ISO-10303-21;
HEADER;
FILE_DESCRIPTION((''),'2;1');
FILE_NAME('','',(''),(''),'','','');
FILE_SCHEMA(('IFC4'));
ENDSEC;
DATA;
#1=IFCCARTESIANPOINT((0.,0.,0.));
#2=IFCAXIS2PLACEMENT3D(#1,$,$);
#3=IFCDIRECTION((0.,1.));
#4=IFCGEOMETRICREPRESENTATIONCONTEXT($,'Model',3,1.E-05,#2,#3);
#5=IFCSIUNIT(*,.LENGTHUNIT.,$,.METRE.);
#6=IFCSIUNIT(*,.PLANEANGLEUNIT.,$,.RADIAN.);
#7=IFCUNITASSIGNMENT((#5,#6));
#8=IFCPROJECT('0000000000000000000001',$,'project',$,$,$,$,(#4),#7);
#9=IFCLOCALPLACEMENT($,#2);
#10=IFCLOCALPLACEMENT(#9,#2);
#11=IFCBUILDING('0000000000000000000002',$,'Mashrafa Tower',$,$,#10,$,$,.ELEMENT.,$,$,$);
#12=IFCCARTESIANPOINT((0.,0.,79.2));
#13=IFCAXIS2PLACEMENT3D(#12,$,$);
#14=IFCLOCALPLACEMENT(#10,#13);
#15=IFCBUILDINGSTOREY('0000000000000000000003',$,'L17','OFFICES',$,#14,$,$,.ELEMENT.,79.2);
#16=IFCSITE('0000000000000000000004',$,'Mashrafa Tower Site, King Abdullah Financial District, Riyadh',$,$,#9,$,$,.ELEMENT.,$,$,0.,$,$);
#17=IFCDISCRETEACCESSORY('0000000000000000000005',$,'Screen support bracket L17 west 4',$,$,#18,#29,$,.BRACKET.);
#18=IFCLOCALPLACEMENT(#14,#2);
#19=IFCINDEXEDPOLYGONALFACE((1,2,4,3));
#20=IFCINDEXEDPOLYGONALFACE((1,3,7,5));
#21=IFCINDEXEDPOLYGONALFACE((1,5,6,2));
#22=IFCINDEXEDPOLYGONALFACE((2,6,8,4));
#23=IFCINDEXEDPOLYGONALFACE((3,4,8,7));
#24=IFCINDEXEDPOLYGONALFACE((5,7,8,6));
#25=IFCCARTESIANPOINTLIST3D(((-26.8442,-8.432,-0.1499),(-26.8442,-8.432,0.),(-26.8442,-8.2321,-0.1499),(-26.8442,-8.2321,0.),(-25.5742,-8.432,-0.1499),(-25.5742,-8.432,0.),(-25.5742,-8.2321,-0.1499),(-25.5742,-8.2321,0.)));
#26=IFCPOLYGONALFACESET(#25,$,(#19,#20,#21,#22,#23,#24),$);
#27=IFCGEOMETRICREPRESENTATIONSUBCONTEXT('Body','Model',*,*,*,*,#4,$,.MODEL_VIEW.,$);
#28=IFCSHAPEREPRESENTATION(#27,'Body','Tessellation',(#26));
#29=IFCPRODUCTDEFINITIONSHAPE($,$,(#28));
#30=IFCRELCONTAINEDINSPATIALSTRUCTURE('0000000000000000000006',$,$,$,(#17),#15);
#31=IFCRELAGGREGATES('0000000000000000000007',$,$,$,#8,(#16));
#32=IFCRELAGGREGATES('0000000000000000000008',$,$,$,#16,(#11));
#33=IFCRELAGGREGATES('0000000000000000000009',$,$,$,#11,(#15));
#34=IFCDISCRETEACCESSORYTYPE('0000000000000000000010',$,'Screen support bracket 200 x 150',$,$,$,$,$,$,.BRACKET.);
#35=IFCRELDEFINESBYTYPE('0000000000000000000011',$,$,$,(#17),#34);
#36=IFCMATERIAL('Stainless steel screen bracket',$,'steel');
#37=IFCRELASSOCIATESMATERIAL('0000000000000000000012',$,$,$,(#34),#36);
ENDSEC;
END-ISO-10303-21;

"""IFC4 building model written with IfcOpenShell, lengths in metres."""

from ifc_helpers import new_model, si_unit, direction, frame, origin, origin_2d, place, context, subcontext, project, spatial, rectangle, extrude, source, transform, mapped, material, type_object, type_shapes, element, save


model = new_model("IFC4")

# Units and contexts
model_context = context("Model", 3, precision=1e-05, world=origin(), true_north=direction((0.0, 1.0)))
body_context = subcontext(model_context, "Body", "Model", "MODEL_VIEW")
ifc_project = project(units=[si_unit("LENGTHUNIT", "METRE"), si_unit("PLANEANGLEUNIT", "RADIAN")], contexts=[model_context])

# Site, building, storey
site_placement = place(None, origin())
site = spatial("IfcSite", under=ifc_project, at=site_placement, Name="Mashrafa Tower Site, King Abdullah Financial District, Riyadh", CompositionType="ELEMENT", RefElevation=0.0)
building_placement = place(site_placement, origin())
building = spatial("IfcBuilding", under=site, at=building_placement, Name="Mashrafa Tower", CompositionType="ELEMENT")
storey_placement = place(building_placement, frame((0.0, 0.0, 79.2)))
storey = spatial("IfcBuildingStorey", under=building, at=storey_placement, Name="L17", Description="OFFICES", CompositionType="ELEMENT", Elevation=79.2)

# Discrete accessory
ifc_material_1 = material(Name="Stainless steel screen bracket", Category="steel")
discrete_accessory_type = type_object("IfcDiscreteAccessoryType", Name="Screen support bracket 200 x 150", PredefinedType="BRACKET", material=ifc_material_1)
shared_shape_1 = source(origin(), body_context, "Body", "SweptSolid", [
    extrude(rectangle(XDim=0.2, YDim=1.27, at=origin_2d()), origin(), (0.0, 0.0, 1.0), 0.1499),
])
type_shapes(discrete_accessory_type, [shared_shape_1])
for number, where, z_axis, x_axis, name in (
    (1, (-26.2092, -8.332, -0.1499), (0.0, 0.0, 1.0), (0.0, -1.0, 0.0), "Screen support bracket L17 west 4"),
):
    element("IfcDiscreteAccessory", number, at=place(storey_placement, frame(where, z_axis=z_axis, x_axis=x_axis)), inside=storey, type_object=discrete_accessory_type, Name=name, PredefinedType="BRACKET", context=body_context, shape_type="MappedRepresentation", body=[
        mapped(shared_shape_1, transform((0.0, 0.0, 0.0))),
    ])

save(model, "model.ifc")
